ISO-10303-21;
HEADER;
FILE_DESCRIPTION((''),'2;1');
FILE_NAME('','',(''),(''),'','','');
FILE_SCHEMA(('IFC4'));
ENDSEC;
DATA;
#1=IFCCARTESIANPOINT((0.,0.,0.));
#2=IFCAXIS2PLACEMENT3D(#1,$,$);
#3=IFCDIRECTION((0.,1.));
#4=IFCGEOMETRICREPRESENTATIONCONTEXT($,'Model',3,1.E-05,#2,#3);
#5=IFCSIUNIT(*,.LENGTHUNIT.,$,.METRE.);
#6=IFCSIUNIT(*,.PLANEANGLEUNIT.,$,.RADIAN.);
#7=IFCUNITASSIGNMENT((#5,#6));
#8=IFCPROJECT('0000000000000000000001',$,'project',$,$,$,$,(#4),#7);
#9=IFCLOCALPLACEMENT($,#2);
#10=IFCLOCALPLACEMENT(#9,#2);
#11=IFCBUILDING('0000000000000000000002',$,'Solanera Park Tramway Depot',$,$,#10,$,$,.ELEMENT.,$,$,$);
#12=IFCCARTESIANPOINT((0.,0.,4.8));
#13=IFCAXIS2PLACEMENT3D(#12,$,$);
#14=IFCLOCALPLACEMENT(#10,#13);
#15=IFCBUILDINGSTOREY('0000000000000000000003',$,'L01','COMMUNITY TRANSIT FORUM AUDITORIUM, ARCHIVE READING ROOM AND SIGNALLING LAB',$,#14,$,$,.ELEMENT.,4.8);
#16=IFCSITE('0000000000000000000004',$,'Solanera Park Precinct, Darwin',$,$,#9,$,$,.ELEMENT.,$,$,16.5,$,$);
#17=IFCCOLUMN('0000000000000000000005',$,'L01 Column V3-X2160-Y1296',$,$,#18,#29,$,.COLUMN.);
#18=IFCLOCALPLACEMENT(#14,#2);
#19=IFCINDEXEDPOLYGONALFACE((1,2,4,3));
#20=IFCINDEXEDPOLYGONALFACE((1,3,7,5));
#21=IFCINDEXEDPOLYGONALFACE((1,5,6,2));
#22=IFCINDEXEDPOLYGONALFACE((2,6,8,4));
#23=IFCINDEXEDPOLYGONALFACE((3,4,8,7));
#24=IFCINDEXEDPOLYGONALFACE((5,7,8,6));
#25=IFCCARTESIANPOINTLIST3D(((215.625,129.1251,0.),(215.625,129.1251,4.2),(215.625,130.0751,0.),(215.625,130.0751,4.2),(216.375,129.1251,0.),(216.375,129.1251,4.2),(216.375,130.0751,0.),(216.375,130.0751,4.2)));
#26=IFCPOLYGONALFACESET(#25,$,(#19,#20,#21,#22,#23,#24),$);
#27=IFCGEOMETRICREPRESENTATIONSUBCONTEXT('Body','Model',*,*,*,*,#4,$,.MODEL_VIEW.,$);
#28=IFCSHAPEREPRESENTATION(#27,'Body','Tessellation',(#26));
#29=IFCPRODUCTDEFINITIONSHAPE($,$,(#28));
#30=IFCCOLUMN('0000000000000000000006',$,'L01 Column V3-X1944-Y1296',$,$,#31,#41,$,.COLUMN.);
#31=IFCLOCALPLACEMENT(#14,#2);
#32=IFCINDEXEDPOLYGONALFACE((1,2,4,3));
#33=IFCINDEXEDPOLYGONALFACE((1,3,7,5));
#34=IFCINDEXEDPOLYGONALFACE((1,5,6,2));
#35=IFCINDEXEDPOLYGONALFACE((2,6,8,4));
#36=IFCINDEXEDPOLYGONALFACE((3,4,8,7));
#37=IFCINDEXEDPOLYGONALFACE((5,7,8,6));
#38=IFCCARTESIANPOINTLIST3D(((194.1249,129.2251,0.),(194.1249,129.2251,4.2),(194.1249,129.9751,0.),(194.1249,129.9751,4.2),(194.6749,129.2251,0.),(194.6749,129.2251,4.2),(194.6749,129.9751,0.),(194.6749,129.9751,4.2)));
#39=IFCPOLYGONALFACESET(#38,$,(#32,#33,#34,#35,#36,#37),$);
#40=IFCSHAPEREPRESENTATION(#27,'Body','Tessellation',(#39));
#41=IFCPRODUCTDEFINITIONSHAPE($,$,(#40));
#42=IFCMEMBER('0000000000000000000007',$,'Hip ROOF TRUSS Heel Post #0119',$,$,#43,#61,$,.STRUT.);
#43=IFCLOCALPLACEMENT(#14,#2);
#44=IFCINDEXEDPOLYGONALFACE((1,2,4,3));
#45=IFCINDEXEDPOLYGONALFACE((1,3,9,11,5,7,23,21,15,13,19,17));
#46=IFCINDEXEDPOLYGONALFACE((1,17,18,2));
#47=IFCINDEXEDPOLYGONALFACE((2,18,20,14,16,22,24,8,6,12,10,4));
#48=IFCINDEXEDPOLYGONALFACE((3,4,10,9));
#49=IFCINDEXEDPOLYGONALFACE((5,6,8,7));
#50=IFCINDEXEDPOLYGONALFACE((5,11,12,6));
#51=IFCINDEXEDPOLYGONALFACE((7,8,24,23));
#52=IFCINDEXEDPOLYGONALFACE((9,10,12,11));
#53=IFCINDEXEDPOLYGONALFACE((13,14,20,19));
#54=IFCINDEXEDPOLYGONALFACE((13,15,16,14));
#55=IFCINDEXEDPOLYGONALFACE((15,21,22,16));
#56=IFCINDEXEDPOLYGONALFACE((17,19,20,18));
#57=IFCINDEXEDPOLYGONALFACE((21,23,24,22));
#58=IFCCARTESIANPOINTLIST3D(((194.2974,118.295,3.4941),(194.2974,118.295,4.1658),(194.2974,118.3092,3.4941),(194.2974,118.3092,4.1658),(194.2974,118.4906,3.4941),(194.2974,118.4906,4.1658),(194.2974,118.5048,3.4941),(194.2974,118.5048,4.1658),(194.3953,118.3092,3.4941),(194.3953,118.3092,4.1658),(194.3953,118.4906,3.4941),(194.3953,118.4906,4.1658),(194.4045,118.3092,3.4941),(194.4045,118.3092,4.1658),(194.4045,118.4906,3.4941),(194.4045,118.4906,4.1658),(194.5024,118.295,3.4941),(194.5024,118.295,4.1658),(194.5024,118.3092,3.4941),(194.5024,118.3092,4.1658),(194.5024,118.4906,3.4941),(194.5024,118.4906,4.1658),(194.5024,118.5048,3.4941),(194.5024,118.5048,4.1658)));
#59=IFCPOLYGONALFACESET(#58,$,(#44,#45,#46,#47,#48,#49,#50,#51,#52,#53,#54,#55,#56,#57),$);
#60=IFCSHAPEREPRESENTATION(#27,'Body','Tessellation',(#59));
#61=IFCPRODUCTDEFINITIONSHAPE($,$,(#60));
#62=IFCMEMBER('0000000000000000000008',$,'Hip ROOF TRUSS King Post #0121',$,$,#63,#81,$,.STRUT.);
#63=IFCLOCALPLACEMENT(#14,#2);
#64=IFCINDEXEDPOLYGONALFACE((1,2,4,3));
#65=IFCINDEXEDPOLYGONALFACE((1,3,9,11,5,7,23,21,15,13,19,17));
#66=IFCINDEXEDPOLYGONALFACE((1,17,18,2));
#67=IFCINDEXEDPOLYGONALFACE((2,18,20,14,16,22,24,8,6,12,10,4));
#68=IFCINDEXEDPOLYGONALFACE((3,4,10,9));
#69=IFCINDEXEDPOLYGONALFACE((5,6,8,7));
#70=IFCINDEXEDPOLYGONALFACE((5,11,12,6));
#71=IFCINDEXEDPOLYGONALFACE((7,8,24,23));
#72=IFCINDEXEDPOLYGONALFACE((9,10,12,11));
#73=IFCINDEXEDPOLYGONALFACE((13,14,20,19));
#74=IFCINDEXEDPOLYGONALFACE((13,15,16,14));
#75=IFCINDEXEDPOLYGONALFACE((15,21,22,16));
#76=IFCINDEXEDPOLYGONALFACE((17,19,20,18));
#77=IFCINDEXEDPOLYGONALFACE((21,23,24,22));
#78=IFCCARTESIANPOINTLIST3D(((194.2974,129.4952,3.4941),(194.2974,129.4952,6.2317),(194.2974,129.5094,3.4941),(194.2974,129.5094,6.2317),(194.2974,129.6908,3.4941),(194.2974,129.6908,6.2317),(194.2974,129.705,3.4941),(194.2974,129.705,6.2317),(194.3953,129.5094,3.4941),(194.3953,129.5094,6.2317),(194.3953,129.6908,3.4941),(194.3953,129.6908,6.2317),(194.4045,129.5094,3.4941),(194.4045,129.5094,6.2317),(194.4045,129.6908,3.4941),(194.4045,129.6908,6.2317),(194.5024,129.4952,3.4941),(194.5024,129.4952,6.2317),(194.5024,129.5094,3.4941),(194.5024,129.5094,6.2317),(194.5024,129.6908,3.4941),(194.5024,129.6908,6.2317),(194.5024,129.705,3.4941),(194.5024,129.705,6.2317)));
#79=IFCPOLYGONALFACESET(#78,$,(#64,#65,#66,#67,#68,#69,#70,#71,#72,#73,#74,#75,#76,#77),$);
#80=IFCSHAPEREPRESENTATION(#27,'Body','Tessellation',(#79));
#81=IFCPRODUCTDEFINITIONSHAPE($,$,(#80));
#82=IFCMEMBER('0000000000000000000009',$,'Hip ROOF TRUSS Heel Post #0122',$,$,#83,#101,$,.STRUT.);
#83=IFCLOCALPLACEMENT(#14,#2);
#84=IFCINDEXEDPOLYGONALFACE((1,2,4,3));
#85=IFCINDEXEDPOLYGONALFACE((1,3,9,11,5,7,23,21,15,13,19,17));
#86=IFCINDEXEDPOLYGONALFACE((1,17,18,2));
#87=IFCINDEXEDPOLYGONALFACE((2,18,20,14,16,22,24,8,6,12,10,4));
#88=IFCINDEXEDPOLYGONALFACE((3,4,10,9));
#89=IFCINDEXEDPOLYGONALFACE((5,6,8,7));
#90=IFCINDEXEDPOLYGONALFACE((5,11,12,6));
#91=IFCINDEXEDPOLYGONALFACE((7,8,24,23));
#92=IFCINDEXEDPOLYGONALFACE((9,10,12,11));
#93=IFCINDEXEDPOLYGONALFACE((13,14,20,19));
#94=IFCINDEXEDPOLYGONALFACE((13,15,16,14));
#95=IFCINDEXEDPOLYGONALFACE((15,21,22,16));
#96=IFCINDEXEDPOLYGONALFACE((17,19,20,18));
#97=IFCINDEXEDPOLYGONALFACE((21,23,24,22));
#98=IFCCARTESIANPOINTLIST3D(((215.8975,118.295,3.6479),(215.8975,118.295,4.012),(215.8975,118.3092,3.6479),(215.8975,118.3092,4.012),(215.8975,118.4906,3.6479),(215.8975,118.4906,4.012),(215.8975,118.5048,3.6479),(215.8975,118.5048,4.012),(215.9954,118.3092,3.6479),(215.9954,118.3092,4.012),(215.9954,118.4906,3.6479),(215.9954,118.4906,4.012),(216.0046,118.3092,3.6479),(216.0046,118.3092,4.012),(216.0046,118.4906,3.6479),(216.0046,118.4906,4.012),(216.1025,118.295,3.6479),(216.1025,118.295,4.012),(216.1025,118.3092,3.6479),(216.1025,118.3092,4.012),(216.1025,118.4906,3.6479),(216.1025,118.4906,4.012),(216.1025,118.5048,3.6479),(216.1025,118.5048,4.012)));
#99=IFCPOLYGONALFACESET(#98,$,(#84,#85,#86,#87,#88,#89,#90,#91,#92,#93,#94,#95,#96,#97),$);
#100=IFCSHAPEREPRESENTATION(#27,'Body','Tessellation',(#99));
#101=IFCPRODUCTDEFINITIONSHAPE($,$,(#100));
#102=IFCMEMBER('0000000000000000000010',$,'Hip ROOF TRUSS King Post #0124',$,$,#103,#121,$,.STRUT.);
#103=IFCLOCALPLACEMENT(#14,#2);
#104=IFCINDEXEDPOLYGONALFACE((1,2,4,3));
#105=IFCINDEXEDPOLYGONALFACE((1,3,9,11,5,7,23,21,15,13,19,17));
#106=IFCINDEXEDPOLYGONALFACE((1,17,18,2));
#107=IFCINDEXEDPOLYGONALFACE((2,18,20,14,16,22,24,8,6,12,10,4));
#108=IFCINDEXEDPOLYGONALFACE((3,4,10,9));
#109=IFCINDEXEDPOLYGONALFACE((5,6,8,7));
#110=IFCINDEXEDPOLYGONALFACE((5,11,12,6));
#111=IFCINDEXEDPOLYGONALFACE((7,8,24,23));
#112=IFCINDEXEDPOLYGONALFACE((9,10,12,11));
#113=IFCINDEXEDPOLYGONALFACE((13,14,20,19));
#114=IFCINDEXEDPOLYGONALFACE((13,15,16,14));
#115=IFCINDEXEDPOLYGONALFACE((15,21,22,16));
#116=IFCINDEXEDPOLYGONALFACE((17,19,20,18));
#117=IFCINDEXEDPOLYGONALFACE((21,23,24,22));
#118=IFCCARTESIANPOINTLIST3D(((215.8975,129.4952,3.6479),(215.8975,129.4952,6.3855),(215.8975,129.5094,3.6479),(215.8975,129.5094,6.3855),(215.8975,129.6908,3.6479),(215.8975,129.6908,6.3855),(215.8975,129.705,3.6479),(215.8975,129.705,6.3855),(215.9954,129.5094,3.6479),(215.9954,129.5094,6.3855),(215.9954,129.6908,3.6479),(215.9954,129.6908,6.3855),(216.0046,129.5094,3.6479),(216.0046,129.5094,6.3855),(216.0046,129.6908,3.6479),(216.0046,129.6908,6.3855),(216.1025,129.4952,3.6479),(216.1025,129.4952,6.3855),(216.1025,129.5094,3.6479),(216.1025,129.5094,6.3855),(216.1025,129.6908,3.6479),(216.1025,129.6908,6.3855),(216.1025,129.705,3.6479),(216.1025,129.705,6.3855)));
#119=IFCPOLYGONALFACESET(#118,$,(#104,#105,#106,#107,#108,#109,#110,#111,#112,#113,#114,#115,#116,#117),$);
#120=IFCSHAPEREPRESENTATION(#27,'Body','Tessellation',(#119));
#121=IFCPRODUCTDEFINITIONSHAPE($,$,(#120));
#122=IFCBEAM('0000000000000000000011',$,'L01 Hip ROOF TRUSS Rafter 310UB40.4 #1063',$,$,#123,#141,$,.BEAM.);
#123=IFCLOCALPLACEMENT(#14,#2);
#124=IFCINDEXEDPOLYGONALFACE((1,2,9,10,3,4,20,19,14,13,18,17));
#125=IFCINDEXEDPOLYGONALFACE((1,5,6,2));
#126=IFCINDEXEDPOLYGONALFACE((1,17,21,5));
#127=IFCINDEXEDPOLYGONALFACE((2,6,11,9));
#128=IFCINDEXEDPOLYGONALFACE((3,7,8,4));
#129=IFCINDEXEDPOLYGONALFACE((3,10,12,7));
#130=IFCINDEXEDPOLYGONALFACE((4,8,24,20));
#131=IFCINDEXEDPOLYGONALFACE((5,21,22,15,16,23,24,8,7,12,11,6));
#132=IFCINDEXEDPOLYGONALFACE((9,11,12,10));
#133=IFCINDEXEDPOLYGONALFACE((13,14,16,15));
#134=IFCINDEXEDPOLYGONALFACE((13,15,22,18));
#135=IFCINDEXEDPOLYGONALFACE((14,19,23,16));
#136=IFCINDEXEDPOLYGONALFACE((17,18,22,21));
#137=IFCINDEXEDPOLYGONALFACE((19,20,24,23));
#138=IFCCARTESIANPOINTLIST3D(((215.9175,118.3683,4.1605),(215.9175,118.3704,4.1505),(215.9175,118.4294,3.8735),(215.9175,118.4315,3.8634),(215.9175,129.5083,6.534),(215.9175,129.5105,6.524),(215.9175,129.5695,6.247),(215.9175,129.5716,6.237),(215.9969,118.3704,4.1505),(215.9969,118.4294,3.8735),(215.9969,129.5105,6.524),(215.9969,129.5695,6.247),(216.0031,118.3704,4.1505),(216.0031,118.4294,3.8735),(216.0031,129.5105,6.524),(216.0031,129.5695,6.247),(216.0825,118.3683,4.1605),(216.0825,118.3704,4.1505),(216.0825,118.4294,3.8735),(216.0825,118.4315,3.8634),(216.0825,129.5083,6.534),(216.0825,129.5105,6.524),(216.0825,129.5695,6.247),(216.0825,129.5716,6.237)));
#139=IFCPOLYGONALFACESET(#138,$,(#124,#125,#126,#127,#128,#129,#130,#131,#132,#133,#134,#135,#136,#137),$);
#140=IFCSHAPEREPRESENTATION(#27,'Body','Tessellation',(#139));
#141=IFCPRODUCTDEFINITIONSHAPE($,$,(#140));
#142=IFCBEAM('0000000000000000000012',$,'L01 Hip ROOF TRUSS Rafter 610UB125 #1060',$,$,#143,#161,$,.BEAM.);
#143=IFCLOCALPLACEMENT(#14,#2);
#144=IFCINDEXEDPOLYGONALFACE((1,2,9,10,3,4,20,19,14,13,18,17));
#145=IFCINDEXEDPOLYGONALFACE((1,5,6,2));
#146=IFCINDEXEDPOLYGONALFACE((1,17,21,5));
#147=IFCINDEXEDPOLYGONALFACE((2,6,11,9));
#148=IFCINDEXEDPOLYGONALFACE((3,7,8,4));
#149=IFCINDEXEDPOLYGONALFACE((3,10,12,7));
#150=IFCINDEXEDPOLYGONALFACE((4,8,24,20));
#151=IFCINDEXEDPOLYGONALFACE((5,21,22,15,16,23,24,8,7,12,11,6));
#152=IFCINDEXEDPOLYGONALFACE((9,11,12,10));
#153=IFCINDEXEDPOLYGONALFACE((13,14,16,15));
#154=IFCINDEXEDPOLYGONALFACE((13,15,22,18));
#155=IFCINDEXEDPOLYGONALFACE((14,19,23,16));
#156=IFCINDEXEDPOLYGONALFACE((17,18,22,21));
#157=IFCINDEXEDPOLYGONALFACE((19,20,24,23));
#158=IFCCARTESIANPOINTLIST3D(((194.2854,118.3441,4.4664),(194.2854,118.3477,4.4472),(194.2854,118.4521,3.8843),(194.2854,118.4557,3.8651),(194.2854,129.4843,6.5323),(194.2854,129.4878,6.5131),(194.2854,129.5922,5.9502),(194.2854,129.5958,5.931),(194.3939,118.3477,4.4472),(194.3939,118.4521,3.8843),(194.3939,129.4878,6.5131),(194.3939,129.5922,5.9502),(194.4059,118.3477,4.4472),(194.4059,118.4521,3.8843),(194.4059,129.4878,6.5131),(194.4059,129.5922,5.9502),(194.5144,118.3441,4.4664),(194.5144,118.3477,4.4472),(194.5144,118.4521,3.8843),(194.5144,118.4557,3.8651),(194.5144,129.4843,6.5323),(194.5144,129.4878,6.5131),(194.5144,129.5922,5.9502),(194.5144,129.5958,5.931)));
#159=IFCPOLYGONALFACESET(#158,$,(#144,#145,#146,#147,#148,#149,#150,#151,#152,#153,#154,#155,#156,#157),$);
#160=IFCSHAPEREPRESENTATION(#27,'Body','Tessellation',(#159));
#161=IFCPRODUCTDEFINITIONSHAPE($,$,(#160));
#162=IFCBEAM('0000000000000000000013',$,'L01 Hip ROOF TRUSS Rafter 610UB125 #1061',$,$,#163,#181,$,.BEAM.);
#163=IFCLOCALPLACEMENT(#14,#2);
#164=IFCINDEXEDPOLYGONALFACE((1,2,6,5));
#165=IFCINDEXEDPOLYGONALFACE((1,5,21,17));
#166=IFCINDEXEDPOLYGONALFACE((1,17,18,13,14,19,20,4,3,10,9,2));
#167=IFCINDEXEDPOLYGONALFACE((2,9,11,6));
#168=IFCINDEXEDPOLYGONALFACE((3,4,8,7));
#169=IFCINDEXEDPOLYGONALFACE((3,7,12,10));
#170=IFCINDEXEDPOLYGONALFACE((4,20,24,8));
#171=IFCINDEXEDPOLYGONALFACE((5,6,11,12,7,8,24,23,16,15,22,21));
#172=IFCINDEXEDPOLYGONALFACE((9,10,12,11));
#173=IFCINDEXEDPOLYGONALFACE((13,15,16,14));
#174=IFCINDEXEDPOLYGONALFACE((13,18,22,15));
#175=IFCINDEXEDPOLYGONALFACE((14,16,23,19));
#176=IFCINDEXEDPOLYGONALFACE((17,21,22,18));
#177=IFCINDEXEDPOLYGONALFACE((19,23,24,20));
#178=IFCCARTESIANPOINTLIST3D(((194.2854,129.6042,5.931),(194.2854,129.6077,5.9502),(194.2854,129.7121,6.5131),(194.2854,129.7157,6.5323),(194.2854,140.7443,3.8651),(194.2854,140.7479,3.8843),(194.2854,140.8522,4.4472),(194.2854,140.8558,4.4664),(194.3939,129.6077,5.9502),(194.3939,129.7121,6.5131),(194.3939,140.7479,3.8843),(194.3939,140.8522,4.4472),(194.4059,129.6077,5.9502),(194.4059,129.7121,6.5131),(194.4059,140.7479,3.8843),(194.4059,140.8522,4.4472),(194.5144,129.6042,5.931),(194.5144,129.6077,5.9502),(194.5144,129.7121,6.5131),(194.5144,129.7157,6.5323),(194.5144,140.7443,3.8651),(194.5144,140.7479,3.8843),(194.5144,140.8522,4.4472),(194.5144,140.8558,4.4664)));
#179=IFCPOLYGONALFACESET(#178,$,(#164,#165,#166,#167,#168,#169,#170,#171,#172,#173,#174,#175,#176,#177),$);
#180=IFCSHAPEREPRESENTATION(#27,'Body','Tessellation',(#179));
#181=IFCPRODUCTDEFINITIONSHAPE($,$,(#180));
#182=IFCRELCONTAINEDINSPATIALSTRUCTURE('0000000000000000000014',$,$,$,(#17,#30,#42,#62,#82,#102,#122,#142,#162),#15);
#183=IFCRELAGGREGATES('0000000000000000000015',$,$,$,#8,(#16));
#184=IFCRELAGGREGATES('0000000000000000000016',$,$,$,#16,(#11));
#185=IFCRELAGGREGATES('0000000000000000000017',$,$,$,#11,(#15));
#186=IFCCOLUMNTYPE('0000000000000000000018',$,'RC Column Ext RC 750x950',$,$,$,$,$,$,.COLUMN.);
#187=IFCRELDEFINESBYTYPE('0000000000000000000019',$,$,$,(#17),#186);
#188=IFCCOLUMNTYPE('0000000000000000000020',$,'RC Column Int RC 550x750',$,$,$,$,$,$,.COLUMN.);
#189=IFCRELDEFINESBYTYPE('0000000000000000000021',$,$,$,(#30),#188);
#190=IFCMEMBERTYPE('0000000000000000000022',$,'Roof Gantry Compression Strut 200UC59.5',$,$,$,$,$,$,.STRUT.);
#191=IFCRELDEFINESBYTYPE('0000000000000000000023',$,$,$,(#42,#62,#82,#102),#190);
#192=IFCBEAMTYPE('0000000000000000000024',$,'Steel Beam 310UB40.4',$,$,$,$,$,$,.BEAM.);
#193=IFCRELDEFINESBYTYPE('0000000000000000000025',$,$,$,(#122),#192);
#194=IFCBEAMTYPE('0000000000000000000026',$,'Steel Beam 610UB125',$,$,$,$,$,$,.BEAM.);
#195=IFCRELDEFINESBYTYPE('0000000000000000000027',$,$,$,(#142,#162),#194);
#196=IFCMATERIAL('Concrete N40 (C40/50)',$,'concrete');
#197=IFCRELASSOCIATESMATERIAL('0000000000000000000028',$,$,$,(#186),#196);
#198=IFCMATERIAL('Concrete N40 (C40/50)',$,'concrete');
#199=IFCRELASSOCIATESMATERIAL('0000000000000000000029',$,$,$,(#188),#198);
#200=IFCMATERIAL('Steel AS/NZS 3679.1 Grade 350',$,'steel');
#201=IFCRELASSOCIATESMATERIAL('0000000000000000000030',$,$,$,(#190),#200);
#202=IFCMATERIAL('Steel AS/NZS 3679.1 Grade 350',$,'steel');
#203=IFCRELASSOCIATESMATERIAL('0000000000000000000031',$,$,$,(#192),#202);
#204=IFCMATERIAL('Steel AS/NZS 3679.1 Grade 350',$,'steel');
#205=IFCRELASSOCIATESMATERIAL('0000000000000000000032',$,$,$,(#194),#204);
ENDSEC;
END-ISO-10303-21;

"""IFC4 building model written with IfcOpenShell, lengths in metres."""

from ifc_helpers import new_model, si_unit, direction, frame, origin, origin_2d, place, context, subcontext, project, spatial, rectangle, i_section, extrude, material, material_profile, profile_set, type_object, element, save


model = new_model("IFC4")

# Units and contexts
model_context = context("Model", 3, precision=1e-05, world=origin(), true_north=direction((0.0, 1.0)))
body_context = subcontext(model_context, "Body", "Model", "MODEL_VIEW")
ifc_project = project(units=[si_unit("LENGTHUNIT", "METRE"), si_unit("PLANEANGLEUNIT", "RADIAN")], contexts=[model_context])

# Site, building, storey
site_placement = place(None, origin())
site = spatial("IfcSite", under=ifc_project, at=site_placement, Name="Solanera Park Precinct, Darwin", CompositionType="ELEMENT", RefElevation=16.5)
building_placement = place(site_placement, origin())
building = spatial("IfcBuilding", under=site, at=building_placement, Name="Solanera Park Tramway Depot", CompositionType="ELEMENT")
storey_placement = place(building_placement, frame((0.0, 0.0, 4.8)))
storey = spatial("IfcBuildingStorey", under=building, at=storey_placement, Name="L01", Description="COMMUNITY TRANSIT FORUM AUDITORIUM, ARCHIVE READING ROOM AND SIGNALLING LAB", CompositionType="ELEMENT", Elevation=4.8)

# Columns
ifc_material_1 = material(Name="Concrete N40 (C40/50)", Category="concrete")
ifc_material_profile_1 = material_profile(ifc_material_1, rectangle(XDim=0.75, YDim=0.95, at=origin_2d()), Name="RC 750x950")
ifc_profile_set_1 = profile_set([ifc_material_profile_1], Name="Concrete N40 (C40/50)")
column_type_1 = type_object("IfcColumnType", Name="RC Column Ext RC 750x950", PredefinedType="COLUMN", material=ifc_profile_set_1)
column_1_placement = place(storey_placement, frame((216.0, 129.6001, 0.0), z_axis=(0.0, 0.0, 1.0), x_axis=(1.0, 0.0, 0.0)))
element("IfcColumn", 1, at=column_1_placement, inside=storey, type_object=column_type_1, Name="L01 Column V3-X2160-Y1296", PredefinedType="COLUMN", context=body_context, shape_type="SweptSolid", body=[
    extrude(rectangle(XDim=0.75, YDim=0.95, at=origin_2d()), origin(), (0.0, 0.0, 1.0), 4.2),
])
ifc_material_2 = material(Name="Concrete N40 (C40/50)", Category="concrete")
ifc_material_profile_2 = material_profile(ifc_material_2, rectangle(XDim=0.55, YDim=0.75, at=origin_2d()), Name="RC 550x750")
ifc_profile_set_2 = profile_set([ifc_material_profile_2], Name="Concrete N40 (C40/50)")
column_type_2 = type_object("IfcColumnType", Name="RC Column Int RC 550x750", PredefinedType="COLUMN", material=ifc_profile_set_2)
column_2_placement = place(storey_placement, frame((194.3999, 129.6001, 0.0), z_axis=(0.0, 0.0, 1.0), x_axis=(1.0, 0.0, 0.0)))
element("IfcColumn", 2, at=column_2_placement, inside=storey, type_object=column_type_2, Name="L01 Column V3-X1944-Y1296", PredefinedType="COLUMN", context=body_context, shape_type="SweptSolid", body=[
    extrude(rectangle(XDim=0.55, YDim=0.75, at=origin_2d()), origin(), (0.0, 0.0, 1.0), 4.2),
])

# Members
ifc_material_3 = material(Name="Steel AS/NZS 3679.1 Grade 350", Category="steel")
ifc_material_profile_3 = material_profile(ifc_material_3, i_section(OverallWidth=0.2051, OverallDepth=0.2097, WebThickness=0.0093, FlangeThickness=0.0142, at=origin_2d()), Name="200UC59.5")
ifc_profile_set_3 = profile_set([ifc_material_profile_3], Name="Steel AS/NZS 3679.1 Grade 350")
member_type_1 = type_object("IfcMemberType", Name="Roof Gantry Compression Strut 200UC59.5", PredefinedType="STRUT", material=ifc_profile_set_3)
member_1_placement = place(storey_placement, frame((194.3999, 118.3999, 3.4941), z_axis=(0.0, 0.0, 1.0), x_axis=(1.0, 0.0, 0.0)))
element("IfcMember", 3, at=member_1_placement, inside=storey, type_object=member_type_1, Name="Hip ROOF TRUSS Heel Post #0119", PredefinedType="STRUT", context=body_context, shape_type="SweptSolid", body=[
    extrude(i_section(OverallWidth=0.2051, OverallDepth=0.2097, WebThickness=0.0093, FlangeThickness=0.0142, at=origin_2d()), origin(), (0.0, 0.0, 1.0), 0.6716),
])
member_2_placement = place(storey_placement, frame((194.3999, 129.6001, 3.4941), z_axis=(0.0, 0.0, 1.0), x_axis=(1.0, 0.0, 0.0)))
element("IfcMember", 4, at=member_2_placement, inside=storey, type_object=member_type_1, Name="Hip ROOF TRUSS King Post #0121", PredefinedType="STRUT", context=body_context, shape_type="SweptSolid", body=[
    extrude(i_section(OverallWidth=0.2051, OverallDepth=0.2097, WebThickness=0.0093, FlangeThickness=0.0142, at=origin_2d()), origin(), (0.0, 0.0, 1.0), 2.7375),
])
member_3_placement = place(storey_placement, frame((216.0, 118.3999, 3.6479), z_axis=(0.0, 0.0, 1.0), x_axis=(1.0, 0.0, 0.0)))
element("IfcMember", 5, at=member_3_placement, inside=storey, type_object=member_type_1, Name="Hip ROOF TRUSS Heel Post #0122", PredefinedType="STRUT", context=body_context, shape_type="SweptSolid", body=[
    extrude(i_section(OverallWidth=0.2051, OverallDepth=0.2097, WebThickness=0.0093, FlangeThickness=0.0142, at=origin_2d()), origin(), (0.0, 0.0, 1.0), 0.364),
])
member_4_placement = place(storey_placement, frame((216.0, 129.6001, 3.6479), z_axis=(0.0, 0.0, 1.0), x_axis=(1.0, 0.0, 0.0)))
element("IfcMember", 6, at=member_4_placement, inside=storey, type_object=member_type_1, Name="Hip ROOF TRUSS King Post #0124", PredefinedType="STRUT", context=body_context, shape_type="SweptSolid", body=[
    extrude(i_section(OverallWidth=0.2051, OverallDepth=0.2097, WebThickness=0.0093, FlangeThickness=0.0142, at=origin_2d()), origin(), (0.0, 0.0, 1.0), 2.7375),
])

# Beams
ifc_material_4 = material(Name="Steel AS/NZS 3679.1 Grade 350", Category="steel")
ifc_material_profile_4 = material_profile(ifc_material_4, i_section(OverallWidth=0.165, OverallDepth=0.3037, WebThickness=0.0061, FlangeThickness=0.0103, at=origin_2d()), Name="310UB40.4")
ifc_profile_set_4 = profile_set([ifc_material_profile_4], Name="Steel AS/NZS 3679.1 Grade 350")
beam_type_1 = type_object("IfcBeamType", Name="Steel Beam 310UB40.4", PredefinedType="BEAM", material=ifc_profile_set_4)
beam_1_placement = place(storey_placement, frame((216.0, 118.3999, 4.012), z_axis=(0.0, 0.978047, 0.208384), x_axis=(-1.0, 0.0, 0.0)))
element("IfcBeam", 7, at=beam_1_placement, inside=storey, type_object=beam_type_1, Name="L01 Hip ROOF TRUSS Rafter 310UB40.4 #1063", PredefinedType="BEAM", context=body_context, shape_type="SweptSolid", body=[
    extrude(i_section(OverallWidth=0.165, OverallDepth=0.3037, WebThickness=0.0061, FlangeThickness=0.0103, at=origin_2d()), origin(), (0.0, 0.0, 1.0), 11.3901),
])
ifc_material_5 = material(Name="Steel AS/NZS 3679.1 Grade 350", Category="steel")
ifc_material_profile_5 = material_profile(ifc_material_5, i_section(OverallWidth=0.229, OverallDepth=0.6116, WebThickness=0.012, FlangeThickness=0.0195, at=origin_2d()), Name="610UB125")
ifc_profile_set_5 = profile_set([ifc_material_profile_5], Name="Steel AS/NZS 3679.1 Grade 350")
beam_type_2 = type_object("IfcBeamType", Name="Steel Beam 610UB125", PredefinedType="BEAM", material=ifc_profile_set_5)
for number, where, z_axis, x_axis, name in (
    (8, (194.3999, 118.3999, 4.1658), (0.0, 0.983236, 0.182339), (-1.0, 0.0, 0.0), "L01 Hip ROOF TRUSS Rafter 610UB125 #1060"),
    (9, (194.3999, 129.6599, 6.2317), (0.0, 0.983236, -0.182339), (-1.0, 0.0, 0.0), "L01 Hip ROOF TRUSS Rafter 610UB125 #1061"),
):
    element("IfcBeam", number, at=place(storey_placement, frame(where, z_axis=z_axis, x_axis=x_axis)), inside=storey, type_object=beam_type_2, Name=name, PredefinedType="BEAM", context=body_context, shape_type="SweptSolid", body=[
        extrude(i_section(OverallWidth=0.229, OverallDepth=0.6116, WebThickness=0.012, FlangeThickness=0.0195, at=origin_2d()), origin(), (0.0, 0.0, 1.0), 11.3301),
    ])

save(model, "model.ifc")
